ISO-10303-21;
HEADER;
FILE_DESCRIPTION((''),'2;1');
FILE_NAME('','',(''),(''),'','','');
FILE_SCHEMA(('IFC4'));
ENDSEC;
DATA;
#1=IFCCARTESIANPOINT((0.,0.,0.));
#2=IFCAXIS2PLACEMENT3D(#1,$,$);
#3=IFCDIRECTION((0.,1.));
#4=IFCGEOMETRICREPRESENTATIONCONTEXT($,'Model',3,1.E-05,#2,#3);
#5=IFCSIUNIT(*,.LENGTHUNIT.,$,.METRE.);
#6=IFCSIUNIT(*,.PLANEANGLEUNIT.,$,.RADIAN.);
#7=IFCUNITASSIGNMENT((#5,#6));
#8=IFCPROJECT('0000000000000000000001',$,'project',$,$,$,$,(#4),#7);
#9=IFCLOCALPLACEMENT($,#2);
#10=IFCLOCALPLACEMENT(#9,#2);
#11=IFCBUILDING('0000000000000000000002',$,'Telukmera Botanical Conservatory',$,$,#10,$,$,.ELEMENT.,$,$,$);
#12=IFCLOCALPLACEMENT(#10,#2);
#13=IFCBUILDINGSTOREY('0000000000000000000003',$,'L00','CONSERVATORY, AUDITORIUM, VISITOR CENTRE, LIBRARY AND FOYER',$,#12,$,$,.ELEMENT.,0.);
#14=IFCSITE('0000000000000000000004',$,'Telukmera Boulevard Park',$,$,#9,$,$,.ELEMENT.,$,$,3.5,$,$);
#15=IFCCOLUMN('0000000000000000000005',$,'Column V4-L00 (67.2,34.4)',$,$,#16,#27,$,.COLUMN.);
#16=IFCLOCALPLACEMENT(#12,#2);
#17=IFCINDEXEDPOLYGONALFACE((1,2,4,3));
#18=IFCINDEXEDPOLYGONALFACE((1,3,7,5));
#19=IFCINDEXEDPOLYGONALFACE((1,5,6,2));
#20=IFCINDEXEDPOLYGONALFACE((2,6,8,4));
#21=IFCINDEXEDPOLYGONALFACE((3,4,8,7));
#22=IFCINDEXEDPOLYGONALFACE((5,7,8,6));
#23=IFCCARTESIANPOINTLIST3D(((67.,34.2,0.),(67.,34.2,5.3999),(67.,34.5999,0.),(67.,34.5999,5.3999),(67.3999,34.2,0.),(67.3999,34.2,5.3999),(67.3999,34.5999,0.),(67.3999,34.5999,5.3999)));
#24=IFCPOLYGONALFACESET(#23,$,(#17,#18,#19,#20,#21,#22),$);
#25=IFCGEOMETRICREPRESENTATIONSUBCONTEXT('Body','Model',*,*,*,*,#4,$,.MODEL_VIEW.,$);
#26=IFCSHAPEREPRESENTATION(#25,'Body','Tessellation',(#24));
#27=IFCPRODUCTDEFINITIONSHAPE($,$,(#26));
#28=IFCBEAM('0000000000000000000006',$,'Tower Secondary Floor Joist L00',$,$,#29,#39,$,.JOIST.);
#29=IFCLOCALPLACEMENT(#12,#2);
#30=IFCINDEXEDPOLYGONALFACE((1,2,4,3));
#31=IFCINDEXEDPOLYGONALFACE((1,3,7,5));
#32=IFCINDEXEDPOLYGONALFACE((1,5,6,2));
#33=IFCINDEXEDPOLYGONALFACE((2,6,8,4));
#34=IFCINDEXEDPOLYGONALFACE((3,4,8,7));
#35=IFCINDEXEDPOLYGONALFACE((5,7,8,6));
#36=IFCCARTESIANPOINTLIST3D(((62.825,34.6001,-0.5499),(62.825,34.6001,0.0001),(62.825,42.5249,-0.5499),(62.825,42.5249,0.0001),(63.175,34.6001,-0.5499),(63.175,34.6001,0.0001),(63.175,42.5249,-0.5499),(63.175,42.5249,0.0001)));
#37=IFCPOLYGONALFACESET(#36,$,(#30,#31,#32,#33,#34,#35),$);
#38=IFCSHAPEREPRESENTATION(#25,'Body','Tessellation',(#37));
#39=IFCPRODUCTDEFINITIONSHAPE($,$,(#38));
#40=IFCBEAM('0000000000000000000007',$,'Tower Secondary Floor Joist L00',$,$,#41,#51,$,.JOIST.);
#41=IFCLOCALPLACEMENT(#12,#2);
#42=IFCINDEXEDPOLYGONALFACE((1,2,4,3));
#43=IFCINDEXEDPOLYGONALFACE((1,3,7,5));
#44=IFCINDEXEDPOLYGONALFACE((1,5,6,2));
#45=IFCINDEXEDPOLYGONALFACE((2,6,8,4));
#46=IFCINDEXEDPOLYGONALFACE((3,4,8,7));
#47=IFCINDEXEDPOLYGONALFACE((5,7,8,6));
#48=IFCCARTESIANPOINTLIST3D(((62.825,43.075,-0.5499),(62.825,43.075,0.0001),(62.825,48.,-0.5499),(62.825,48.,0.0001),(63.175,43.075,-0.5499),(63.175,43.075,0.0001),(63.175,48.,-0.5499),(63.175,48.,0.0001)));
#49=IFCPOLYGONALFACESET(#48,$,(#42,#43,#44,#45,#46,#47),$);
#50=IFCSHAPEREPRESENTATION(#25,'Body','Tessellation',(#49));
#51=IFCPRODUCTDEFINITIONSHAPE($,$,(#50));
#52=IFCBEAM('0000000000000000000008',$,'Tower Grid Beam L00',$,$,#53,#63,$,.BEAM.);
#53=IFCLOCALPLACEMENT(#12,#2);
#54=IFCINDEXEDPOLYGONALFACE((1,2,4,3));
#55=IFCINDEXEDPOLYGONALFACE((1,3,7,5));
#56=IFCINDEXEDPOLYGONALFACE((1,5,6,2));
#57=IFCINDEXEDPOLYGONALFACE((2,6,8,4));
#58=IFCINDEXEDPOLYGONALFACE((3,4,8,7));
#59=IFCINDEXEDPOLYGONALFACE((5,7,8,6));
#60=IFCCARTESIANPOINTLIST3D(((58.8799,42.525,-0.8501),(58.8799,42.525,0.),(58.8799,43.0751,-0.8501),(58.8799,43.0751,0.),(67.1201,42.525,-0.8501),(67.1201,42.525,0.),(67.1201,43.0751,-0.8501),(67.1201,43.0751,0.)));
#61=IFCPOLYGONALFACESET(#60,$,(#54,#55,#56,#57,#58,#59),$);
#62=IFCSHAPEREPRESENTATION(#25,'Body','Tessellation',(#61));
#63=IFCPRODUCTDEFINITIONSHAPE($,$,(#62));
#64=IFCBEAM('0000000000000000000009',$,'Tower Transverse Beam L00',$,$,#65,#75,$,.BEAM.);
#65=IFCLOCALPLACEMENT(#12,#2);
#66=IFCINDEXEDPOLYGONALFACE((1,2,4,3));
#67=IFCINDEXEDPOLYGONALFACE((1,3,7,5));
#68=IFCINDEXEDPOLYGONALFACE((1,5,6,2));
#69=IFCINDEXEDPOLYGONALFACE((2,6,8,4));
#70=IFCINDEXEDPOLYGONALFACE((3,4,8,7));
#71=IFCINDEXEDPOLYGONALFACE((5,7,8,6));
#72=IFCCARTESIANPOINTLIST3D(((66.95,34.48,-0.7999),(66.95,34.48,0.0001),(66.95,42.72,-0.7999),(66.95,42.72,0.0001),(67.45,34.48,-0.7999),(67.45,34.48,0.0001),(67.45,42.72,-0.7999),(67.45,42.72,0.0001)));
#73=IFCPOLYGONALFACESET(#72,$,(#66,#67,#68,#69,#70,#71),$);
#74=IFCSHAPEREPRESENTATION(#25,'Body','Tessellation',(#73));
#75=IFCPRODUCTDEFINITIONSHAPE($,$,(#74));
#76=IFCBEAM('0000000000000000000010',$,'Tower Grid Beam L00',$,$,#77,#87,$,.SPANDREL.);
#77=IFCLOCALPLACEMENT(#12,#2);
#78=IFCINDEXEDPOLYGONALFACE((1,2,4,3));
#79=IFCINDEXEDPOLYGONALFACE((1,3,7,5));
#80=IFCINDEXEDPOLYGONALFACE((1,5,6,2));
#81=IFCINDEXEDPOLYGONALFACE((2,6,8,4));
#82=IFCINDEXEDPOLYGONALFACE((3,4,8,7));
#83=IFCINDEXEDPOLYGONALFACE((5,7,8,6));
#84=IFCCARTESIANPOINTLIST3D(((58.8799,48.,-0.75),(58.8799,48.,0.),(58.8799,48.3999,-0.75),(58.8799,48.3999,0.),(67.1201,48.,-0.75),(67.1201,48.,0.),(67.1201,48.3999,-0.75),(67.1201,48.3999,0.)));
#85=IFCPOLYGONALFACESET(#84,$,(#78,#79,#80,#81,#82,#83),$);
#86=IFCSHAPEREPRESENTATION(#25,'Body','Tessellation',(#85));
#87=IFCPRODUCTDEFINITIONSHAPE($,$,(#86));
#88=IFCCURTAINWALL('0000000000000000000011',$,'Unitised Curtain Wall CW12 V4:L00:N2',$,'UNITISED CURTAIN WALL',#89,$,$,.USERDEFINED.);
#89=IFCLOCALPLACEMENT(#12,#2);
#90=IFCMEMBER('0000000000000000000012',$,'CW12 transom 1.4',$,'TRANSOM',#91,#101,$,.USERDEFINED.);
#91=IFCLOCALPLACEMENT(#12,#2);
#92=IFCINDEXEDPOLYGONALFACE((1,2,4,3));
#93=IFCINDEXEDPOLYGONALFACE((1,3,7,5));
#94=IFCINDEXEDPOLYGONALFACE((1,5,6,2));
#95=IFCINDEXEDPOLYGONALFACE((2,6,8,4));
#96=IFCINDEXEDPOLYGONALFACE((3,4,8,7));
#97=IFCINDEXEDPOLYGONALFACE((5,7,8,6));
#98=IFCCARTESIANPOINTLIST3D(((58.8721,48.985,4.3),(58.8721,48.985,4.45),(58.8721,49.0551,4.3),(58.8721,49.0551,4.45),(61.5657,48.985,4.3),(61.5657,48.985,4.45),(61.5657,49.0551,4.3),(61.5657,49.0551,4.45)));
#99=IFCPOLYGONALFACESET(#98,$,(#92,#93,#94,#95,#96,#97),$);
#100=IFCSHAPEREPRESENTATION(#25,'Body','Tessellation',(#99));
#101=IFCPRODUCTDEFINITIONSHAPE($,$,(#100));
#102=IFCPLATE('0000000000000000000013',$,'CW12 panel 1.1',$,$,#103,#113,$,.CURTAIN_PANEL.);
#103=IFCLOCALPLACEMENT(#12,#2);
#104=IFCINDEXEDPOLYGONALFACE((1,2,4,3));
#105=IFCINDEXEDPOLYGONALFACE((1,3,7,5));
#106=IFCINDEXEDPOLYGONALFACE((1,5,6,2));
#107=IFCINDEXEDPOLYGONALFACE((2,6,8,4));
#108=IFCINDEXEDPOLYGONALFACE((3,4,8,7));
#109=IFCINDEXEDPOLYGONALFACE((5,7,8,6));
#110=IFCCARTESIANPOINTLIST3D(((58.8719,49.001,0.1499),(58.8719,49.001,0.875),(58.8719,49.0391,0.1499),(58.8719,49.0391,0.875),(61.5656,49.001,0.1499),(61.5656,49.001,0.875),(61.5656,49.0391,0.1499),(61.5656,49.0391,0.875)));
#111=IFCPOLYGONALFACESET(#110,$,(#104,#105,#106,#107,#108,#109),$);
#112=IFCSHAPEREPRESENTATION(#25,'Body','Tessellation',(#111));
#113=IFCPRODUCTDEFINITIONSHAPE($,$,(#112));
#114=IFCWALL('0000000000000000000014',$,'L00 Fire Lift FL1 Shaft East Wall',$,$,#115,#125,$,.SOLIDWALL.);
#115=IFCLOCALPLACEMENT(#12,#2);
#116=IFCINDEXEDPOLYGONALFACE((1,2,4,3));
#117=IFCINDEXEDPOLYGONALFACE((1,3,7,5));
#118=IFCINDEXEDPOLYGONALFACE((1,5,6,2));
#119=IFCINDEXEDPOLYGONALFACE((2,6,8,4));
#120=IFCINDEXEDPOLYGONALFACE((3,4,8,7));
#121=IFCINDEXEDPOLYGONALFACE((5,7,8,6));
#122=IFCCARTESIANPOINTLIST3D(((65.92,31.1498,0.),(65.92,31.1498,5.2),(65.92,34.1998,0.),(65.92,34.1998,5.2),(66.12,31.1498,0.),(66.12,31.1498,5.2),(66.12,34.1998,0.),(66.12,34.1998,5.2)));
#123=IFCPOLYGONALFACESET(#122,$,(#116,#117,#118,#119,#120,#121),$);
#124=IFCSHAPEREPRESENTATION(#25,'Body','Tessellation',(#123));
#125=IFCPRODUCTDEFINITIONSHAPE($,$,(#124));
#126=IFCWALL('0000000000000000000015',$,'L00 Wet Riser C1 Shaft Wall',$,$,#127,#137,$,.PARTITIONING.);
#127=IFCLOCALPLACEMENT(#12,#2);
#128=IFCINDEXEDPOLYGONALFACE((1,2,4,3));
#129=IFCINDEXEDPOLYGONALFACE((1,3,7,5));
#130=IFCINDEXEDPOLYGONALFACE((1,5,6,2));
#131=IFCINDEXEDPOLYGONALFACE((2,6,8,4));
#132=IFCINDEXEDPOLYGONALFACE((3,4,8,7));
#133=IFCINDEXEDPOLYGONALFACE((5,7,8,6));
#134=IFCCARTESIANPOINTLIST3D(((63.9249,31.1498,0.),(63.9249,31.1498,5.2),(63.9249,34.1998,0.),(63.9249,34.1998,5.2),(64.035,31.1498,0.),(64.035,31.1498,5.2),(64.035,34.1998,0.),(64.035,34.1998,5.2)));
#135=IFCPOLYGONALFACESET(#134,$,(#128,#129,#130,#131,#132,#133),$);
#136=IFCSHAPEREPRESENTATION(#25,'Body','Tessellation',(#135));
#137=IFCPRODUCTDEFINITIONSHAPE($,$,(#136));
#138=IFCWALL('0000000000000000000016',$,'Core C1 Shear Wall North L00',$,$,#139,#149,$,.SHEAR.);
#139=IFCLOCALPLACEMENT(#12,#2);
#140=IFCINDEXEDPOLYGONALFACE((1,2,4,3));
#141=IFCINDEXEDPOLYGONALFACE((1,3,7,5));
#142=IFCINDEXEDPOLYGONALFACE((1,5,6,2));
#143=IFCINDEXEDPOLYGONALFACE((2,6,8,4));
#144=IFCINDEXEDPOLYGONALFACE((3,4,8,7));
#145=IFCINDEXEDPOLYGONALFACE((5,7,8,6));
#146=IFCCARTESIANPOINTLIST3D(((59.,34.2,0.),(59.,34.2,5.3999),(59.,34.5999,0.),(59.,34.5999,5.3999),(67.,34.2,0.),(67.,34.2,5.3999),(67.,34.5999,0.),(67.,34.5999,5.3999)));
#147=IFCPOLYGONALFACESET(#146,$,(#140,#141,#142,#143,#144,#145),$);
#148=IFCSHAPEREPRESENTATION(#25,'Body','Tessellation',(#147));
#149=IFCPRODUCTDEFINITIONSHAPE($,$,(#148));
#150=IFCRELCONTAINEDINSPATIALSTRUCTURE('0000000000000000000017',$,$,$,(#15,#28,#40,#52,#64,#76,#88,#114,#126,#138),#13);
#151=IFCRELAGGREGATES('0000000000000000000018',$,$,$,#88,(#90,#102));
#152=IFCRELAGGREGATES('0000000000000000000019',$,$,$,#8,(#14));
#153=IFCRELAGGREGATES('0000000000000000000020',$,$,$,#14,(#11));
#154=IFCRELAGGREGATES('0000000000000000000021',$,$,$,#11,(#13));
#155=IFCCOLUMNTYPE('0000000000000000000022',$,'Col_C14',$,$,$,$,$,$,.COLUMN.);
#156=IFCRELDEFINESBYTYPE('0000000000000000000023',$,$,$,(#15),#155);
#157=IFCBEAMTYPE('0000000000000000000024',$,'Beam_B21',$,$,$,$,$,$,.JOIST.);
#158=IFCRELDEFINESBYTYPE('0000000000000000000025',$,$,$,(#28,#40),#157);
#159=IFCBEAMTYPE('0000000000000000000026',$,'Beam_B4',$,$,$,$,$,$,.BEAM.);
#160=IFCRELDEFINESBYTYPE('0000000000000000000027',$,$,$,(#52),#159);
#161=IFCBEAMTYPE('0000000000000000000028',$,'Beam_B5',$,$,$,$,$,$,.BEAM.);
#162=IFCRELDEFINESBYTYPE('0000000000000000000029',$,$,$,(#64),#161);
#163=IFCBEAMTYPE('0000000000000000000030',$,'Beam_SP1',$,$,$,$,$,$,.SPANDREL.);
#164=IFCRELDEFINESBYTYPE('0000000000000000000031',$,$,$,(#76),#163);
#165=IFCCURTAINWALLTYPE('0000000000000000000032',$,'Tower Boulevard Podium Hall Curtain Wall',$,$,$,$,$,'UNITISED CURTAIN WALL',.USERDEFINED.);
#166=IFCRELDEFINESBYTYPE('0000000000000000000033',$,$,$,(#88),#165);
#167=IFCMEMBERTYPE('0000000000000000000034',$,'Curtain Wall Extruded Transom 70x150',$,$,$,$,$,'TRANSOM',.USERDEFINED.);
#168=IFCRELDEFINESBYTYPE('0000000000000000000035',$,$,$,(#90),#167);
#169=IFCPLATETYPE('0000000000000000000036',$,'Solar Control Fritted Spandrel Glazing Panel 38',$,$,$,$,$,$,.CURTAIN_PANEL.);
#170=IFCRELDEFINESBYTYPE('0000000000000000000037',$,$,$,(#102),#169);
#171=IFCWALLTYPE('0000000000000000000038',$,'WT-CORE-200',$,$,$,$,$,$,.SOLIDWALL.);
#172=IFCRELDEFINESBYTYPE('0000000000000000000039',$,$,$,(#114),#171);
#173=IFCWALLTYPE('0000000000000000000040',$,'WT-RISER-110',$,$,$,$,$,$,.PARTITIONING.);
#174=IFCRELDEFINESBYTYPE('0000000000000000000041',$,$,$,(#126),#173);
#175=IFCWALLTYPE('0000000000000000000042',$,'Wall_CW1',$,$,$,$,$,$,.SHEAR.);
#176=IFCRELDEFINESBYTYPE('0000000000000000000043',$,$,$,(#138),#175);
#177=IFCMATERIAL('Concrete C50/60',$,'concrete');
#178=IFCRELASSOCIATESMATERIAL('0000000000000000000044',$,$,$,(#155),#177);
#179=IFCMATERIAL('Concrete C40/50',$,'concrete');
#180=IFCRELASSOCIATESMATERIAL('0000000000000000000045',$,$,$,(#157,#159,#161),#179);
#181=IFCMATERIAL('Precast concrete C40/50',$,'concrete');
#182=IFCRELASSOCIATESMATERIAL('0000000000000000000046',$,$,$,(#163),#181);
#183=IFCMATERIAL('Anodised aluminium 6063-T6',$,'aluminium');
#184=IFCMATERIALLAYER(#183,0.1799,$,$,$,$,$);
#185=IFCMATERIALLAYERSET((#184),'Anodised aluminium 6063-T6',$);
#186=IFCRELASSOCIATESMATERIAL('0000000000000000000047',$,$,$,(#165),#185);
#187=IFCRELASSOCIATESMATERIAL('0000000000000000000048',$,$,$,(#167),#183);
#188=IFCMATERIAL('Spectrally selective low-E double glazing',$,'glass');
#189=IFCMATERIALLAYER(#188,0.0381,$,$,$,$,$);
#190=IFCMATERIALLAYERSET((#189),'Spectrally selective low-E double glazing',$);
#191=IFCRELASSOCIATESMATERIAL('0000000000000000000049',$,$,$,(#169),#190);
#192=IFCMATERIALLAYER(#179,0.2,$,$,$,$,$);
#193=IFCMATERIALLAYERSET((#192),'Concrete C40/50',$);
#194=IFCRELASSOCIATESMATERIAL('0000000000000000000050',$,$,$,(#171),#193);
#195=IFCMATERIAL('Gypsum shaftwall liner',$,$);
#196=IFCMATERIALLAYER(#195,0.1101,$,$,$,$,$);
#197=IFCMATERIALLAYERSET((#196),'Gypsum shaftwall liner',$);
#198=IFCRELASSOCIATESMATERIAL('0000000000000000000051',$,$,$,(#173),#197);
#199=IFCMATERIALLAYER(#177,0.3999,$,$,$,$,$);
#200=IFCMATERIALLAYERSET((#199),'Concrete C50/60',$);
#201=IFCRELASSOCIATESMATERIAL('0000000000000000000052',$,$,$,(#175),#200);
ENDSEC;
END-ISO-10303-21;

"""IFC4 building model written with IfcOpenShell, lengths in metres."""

from ifc_helpers import new_model, si_unit, direction, frame, frame_2d, origin, origin_2d, place, context, subcontext, project, spatial, rectangle, extrude, material, layer, layer_set, material_profile, profile_set, type_object, element, aggregate, save


model = new_model("IFC4")

# Units and contexts
model_context = context("Model", 3, precision=1e-05, world=origin(), true_north=direction((0.0, 1.0)))
body_context = subcontext(model_context, "Body", "Model", "MODEL_VIEW")
ifc_project = project(units=[si_unit("LENGTHUNIT", "METRE"), si_unit("PLANEANGLEUNIT", "RADIAN")], contexts=[model_context])

# Site, building, storey
site_placement = place(None, origin())
site = spatial("IfcSite", under=ifc_project, at=site_placement, Name="Telukmera Boulevard Park", CompositionType="ELEMENT", RefElevation=3.5)
building_placement = place(site_placement, origin())
building = spatial("IfcBuilding", under=site, at=building_placement, Name="Telukmera Botanical Conservatory", CompositionType="ELEMENT")
storey_placement = place(building_placement, origin())
storey = spatial("IfcBuildingStorey", under=building, at=storey_placement, Name="L00", Description="CONSERVATORY, AUDITORIUM, VISITOR CENTRE, LIBRARY AND FOYER", CompositionType="ELEMENT", Elevation=0.0)

# Column
ifc_material_1 = material(Name="Concrete C50/60", Category="concrete")
ifc_material_profile_1 = material_profile(ifc_material_1, rectangle(XDim=0.3999, YDim=0.3999, at=origin_2d()), Name="RC 400x400")
ifc_profile_set_1 = profile_set([ifc_material_profile_1], Name="Concrete C50/60")
column_type = type_object("IfcColumnType", Name="Col_C14", PredefinedType="COLUMN", material=ifc_profile_set_1)
column_placement = place(storey_placement, frame((67.2, 34.3999, 0.0), z_axis=(0.0, 0.0, 1.0), x_axis=(1.0, 0.0, 0.0)))
element("IfcColumn", 1, at=column_placement, inside=storey, type_object=column_type, Name="Column V4-L00 (67.2,34.4)", PredefinedType="COLUMN", context=body_context, shape_type="SweptSolid", body=[
    extrude(rectangle(XDim=0.3999, YDim=0.3999, at=origin_2d()), origin(), (0.0, 0.0, 1.0), 5.3999),
])

# Beams
ifc_material_2 = material(Name="Concrete C40/50", Category="concrete")
ifc_material_profile_2 = material_profile(ifc_material_2, rectangle(XDim=0.3501, YDim=0.55, at=origin_2d()), Name="RC 350x550")
ifc_profile_set_2 = profile_set([ifc_material_profile_2], Name="Concrete C40/50")
beam_type_1 = type_object("IfcBeamType", Name="Beam_B21", PredefinedType="JOIST", material=ifc_profile_set_2)
beam_1_placement = place(storey_placement, frame((63.0, 34.6001, -0.2749), z_axis=(0.0, 1.0, 0.0), x_axis=(-1.0, 0.0, 0.0)))
element("IfcBeam", 2, at=beam_1_placement, inside=storey, type_object=beam_type_1, Name="Tower Secondary Floor Joist L00", PredefinedType="JOIST", context=body_context, shape_type="SweptSolid", body=[
    extrude(rectangle(XDim=0.3501, YDim=0.55, at=origin_2d()), origin(), (0.0, 0.0, 1.0), 7.9248),
])
beam_2_placement = place(storey_placement, frame((63.0, 43.075, -0.2749), z_axis=(0.0, 1.0, 0.0), x_axis=(-1.0, 0.0, 0.0)))
element("IfcBeam", 3, at=beam_2_placement, inside=storey, type_object=beam_type_1, Name="Tower Secondary Floor Joist L00", PredefinedType="JOIST", context=body_context, shape_type="SweptSolid", body=[
    extrude(rectangle(XDim=0.3501, YDim=0.55, at=origin_2d()), origin(), (0.0, 0.0, 1.0), 4.925),
])
ifc_material_profile_3 = material_profile(ifc_material_2, rectangle(XDim=0.55, YDim=0.8501, at=origin_2d()), Name="RC 550x850")
ifc_profile_set_3 = profile_set([ifc_material_profile_3], Name="Concrete C40/50")
beam_type_2 = type_object("IfcBeamType", Name="Beam_B4", PredefinedType="BEAM", material=ifc_profile_set_3)
beam_3_placement = place(storey_placement, frame((58.8799, 42.8, -0.425), z_axis=(1.0, 0.0, 0.0), x_axis=(0.0, 1.0, 0.0)))
element("IfcBeam", 4, at=beam_3_placement, inside=storey, type_object=beam_type_2, Name="Tower Grid Beam L00", PredefinedType="BEAM", context=body_context, shape_type="SweptSolid", body=[
    extrude(rectangle(XDim=0.55, YDim=0.8501, at=origin_2d()), origin(), (0.0, 0.0, 1.0), 8.2402),
])
ifc_material_profile_4 = material_profile(ifc_material_2, rectangle(XDim=0.5, YDim=0.8, at=origin_2d()), Name="RC 500x800")
ifc_profile_set_4 = profile_set([ifc_material_profile_4], Name="Concrete C40/50")
beam_type_3 = type_object("IfcBeamType", Name="Beam_B5", PredefinedType="BEAM", material=ifc_profile_set_4)
beam_4_placement = place(storey_placement, frame((67.2, 34.48, -0.3999), z_axis=(0.0, 1.0, 0.0), x_axis=(-1.0, 0.0, 0.0)))
element("IfcBeam", 5, at=beam_4_placement, inside=storey, type_object=beam_type_3, Name="Tower Transverse Beam L00", PredefinedType="BEAM", context=body_context, shape_type="SweptSolid", body=[
    extrude(rectangle(XDim=0.5, YDim=0.8, at=origin_2d()), origin(), (0.0, 0.0, 1.0), 8.24),
])
ifc_material_3 = material(Name="Precast concrete C40/50", Category="concrete")
ifc_material_profile_5 = material_profile(ifc_material_3, rectangle(XDim=0.3999, YDim=0.75, at=origin_2d()), Name="PC 400x750")
ifc_profile_set_5 = profile_set([ifc_material_profile_5], Name="Precast concrete C40/50")
beam_type_4 = type_object("IfcBeamType", Name="Beam_SP1", PredefinedType="SPANDREL", material=ifc_profile_set_5)
beam_5_placement = place(storey_placement, frame((58.8799, 48.2, -0.375), z_axis=(1.0, 0.0, 0.0), x_axis=(0.0, 1.0, 0.0)))
element("IfcBeam", 6, at=beam_5_placement, inside=storey, type_object=beam_type_4, Name="Tower Grid Beam L00", PredefinedType="SPANDREL", context=body_context, shape_type="SweptSolid", body=[
    extrude(rectangle(XDim=0.3999, YDim=0.75, at=origin_2d()), origin(), (0.0, 0.0, 1.0), 8.2402),
])

# Curtain wall, member, plate
ifc_material_4 = material(Name="Anodised aluminium 6063-T6", Category="aluminium")
ifc_layer_1 = layer(ifc_material_4, 0.1799)
ifc_layer_set_1 = layer_set([ifc_layer_1], Name="Anodised aluminium 6063-T6")
curtain_wall_type = type_object("IfcCurtainWallType", Name="Tower Boulevard Podium Hall Curtain Wall", ElementType="UNITISED CURTAIN WALL", PredefinedType="USERDEFINED", material=ifc_layer_set_1)
curtain_wall_placement = place(storey_placement, origin())
curtain_wall = element("IfcCurtainWall", 7, at=curtain_wall_placement, inside=storey, type_object=curtain_wall_type, Name="Unitised Curtain Wall CW12 V4:L00:N2", ObjectType="UNITISED CURTAIN WALL", PredefinedType="USERDEFINED")
ifc_material_profile_6 = material_profile(ifc_material_4, rectangle(XDim=0.0701, YDim=0.1499, at=origin_2d()), Name="ALU TRAN 70x150")
ifc_profile_set_6 = profile_set([ifc_material_profile_6], Name="Anodised aluminium 6063-T6")
member_type = type_object("IfcMemberType", Name="Curtain Wall Extruded Transom 70x150", ElementType="TRANSOM", PredefinedType="USERDEFINED", material=ifc_profile_set_6)
member_placement = place(storey_placement, frame((58.8721, 49.02, 4.375), z_axis=(1.0, 0.0, 0.0), x_axis=(0.0, 1.0, 0.0)))
member = element("IfcMember", 8, at=member_placement, type_object=member_type, Name="CW12 transom 1.4", ObjectType="TRANSOM", PredefinedType="USERDEFINED", context=body_context, shape_type="SweptSolid", body=[
    extrude(rectangle(XDim=0.0701, YDim=0.1499, at=origin_2d()), origin(), (0.0, 0.0, 1.0), 2.6936),
])
ifc_material_5 = material(Name="Spectrally selective low-E double glazing", Category="glass")
ifc_layer_2 = layer(ifc_material_5, 0.0381)
ifc_layer_set_2 = layer_set([ifc_layer_2], Name="Spectrally selective low-E double glazing")
plate_type = type_object("IfcPlateType", Name="Solar Control Fritted Spandrel Glazing Panel 38", PredefinedType="CURTAIN_PANEL", material=ifc_layer_set_2)
plate_placement = place(storey_placement, frame((60.2188, 49.02, 0.1499), z_axis=(0.0, 0.0, 1.0), x_axis=(1.0, 0.0, 0.0)))
plate = element("IfcPlate", 9, at=plate_placement, type_object=plate_type, Name="CW12 panel 1.1", PredefinedType="CURTAIN_PANEL", context=body_context, shape_type="SweptSolid", body=[
    extrude(rectangle(XDim=2.6936, YDim=0.0381, at=origin_2d()), origin(), (0.0, 0.0, 1.0), 0.7251),
])
aggregate(curtain_wall, [member, plate])

# Shared definitions
ifc_layer_3 = layer(ifc_material_2, 0.2)
ifc_layer_set_3 = layer_set([ifc_layer_3], Name="Concrete C40/50")
wall_type_1 = type_object("IfcWallType", Name="WT-CORE-200", PredefinedType="SOLIDWALL", material=ifc_layer_set_3)

# Walls
wall_1_placement = place(storey_placement, frame((66.02, 31.1499, 0.0), z_axis=(0.0, 0.0, 1.0), x_axis=(0.0, 1.0, 0.0)))
element("IfcWall", 10, at=wall_1_placement, inside=storey, type_object=wall_type_1, Name="L00 Fire Lift FL1 Shaft East Wall", PredefinedType="SOLIDWALL", context=body_context, shape_type="SweptSolid", body=[
    extrude(rectangle(XDim=3.05, YDim=0.2, at=frame_2d((1.5249, 0.0))), origin(), (0.0, 0.0, 1.0), 5.2),
])
ifc_material_6 = material(Name="Gypsum shaftwall liner")
ifc_layer_4 = layer(ifc_material_6, 0.1101)
ifc_layer_set_4 = layer_set([ifc_layer_4], Name="Gypsum shaftwall liner")
wall_type_2 = type_object("IfcWallType", Name="WT-RISER-110", PredefinedType="PARTITIONING", material=ifc_layer_set_4)
wall_2_placement = place(storey_placement, frame((63.98, 31.1499, 0.0), z_axis=(0.0, 0.0, 1.0), x_axis=(0.0, 1.0, 0.0)))
element("IfcWall", 11, at=wall_2_placement, inside=storey, type_object=wall_type_2, Name="L00 Wet Riser C1 Shaft Wall", PredefinedType="PARTITIONING", context=body_context, shape_type="SweptSolid", body=[
    extrude(rectangle(XDim=3.05, YDim=0.1101, at=frame_2d((1.5249, 0.0))), origin(), (0.0, 0.0, 1.0), 5.2),
])
ifc_layer_5 = layer(ifc_material_1, 0.3999)
ifc_layer_set_5 = layer_set([ifc_layer_5], Name="Concrete C50/60")
wall_type_3 = type_object("IfcWallType", Name="Wall_CW1", PredefinedType="SHEAR", material=ifc_layer_set_5)
wall_3_placement = place(storey_placement, frame((59.0, 34.3999, 0.0), z_axis=(0.0, 0.0, 1.0), x_axis=(1.0, 0.0, 0.0)))
element("IfcWall", 12, at=wall_3_placement, inside=storey, type_object=wall_type_3, Name="Core C1 Shear Wall North L00", PredefinedType="SHEAR", context=body_context, shape_type="SweptSolid", body=[
    extrude(rectangle(XDim=8.0, YDim=0.3999, at=frame_2d((4.0, 0.0))), origin(), (0.0, 0.0, 1.0), 5.3999),
])

save(model, "model.ifc")
